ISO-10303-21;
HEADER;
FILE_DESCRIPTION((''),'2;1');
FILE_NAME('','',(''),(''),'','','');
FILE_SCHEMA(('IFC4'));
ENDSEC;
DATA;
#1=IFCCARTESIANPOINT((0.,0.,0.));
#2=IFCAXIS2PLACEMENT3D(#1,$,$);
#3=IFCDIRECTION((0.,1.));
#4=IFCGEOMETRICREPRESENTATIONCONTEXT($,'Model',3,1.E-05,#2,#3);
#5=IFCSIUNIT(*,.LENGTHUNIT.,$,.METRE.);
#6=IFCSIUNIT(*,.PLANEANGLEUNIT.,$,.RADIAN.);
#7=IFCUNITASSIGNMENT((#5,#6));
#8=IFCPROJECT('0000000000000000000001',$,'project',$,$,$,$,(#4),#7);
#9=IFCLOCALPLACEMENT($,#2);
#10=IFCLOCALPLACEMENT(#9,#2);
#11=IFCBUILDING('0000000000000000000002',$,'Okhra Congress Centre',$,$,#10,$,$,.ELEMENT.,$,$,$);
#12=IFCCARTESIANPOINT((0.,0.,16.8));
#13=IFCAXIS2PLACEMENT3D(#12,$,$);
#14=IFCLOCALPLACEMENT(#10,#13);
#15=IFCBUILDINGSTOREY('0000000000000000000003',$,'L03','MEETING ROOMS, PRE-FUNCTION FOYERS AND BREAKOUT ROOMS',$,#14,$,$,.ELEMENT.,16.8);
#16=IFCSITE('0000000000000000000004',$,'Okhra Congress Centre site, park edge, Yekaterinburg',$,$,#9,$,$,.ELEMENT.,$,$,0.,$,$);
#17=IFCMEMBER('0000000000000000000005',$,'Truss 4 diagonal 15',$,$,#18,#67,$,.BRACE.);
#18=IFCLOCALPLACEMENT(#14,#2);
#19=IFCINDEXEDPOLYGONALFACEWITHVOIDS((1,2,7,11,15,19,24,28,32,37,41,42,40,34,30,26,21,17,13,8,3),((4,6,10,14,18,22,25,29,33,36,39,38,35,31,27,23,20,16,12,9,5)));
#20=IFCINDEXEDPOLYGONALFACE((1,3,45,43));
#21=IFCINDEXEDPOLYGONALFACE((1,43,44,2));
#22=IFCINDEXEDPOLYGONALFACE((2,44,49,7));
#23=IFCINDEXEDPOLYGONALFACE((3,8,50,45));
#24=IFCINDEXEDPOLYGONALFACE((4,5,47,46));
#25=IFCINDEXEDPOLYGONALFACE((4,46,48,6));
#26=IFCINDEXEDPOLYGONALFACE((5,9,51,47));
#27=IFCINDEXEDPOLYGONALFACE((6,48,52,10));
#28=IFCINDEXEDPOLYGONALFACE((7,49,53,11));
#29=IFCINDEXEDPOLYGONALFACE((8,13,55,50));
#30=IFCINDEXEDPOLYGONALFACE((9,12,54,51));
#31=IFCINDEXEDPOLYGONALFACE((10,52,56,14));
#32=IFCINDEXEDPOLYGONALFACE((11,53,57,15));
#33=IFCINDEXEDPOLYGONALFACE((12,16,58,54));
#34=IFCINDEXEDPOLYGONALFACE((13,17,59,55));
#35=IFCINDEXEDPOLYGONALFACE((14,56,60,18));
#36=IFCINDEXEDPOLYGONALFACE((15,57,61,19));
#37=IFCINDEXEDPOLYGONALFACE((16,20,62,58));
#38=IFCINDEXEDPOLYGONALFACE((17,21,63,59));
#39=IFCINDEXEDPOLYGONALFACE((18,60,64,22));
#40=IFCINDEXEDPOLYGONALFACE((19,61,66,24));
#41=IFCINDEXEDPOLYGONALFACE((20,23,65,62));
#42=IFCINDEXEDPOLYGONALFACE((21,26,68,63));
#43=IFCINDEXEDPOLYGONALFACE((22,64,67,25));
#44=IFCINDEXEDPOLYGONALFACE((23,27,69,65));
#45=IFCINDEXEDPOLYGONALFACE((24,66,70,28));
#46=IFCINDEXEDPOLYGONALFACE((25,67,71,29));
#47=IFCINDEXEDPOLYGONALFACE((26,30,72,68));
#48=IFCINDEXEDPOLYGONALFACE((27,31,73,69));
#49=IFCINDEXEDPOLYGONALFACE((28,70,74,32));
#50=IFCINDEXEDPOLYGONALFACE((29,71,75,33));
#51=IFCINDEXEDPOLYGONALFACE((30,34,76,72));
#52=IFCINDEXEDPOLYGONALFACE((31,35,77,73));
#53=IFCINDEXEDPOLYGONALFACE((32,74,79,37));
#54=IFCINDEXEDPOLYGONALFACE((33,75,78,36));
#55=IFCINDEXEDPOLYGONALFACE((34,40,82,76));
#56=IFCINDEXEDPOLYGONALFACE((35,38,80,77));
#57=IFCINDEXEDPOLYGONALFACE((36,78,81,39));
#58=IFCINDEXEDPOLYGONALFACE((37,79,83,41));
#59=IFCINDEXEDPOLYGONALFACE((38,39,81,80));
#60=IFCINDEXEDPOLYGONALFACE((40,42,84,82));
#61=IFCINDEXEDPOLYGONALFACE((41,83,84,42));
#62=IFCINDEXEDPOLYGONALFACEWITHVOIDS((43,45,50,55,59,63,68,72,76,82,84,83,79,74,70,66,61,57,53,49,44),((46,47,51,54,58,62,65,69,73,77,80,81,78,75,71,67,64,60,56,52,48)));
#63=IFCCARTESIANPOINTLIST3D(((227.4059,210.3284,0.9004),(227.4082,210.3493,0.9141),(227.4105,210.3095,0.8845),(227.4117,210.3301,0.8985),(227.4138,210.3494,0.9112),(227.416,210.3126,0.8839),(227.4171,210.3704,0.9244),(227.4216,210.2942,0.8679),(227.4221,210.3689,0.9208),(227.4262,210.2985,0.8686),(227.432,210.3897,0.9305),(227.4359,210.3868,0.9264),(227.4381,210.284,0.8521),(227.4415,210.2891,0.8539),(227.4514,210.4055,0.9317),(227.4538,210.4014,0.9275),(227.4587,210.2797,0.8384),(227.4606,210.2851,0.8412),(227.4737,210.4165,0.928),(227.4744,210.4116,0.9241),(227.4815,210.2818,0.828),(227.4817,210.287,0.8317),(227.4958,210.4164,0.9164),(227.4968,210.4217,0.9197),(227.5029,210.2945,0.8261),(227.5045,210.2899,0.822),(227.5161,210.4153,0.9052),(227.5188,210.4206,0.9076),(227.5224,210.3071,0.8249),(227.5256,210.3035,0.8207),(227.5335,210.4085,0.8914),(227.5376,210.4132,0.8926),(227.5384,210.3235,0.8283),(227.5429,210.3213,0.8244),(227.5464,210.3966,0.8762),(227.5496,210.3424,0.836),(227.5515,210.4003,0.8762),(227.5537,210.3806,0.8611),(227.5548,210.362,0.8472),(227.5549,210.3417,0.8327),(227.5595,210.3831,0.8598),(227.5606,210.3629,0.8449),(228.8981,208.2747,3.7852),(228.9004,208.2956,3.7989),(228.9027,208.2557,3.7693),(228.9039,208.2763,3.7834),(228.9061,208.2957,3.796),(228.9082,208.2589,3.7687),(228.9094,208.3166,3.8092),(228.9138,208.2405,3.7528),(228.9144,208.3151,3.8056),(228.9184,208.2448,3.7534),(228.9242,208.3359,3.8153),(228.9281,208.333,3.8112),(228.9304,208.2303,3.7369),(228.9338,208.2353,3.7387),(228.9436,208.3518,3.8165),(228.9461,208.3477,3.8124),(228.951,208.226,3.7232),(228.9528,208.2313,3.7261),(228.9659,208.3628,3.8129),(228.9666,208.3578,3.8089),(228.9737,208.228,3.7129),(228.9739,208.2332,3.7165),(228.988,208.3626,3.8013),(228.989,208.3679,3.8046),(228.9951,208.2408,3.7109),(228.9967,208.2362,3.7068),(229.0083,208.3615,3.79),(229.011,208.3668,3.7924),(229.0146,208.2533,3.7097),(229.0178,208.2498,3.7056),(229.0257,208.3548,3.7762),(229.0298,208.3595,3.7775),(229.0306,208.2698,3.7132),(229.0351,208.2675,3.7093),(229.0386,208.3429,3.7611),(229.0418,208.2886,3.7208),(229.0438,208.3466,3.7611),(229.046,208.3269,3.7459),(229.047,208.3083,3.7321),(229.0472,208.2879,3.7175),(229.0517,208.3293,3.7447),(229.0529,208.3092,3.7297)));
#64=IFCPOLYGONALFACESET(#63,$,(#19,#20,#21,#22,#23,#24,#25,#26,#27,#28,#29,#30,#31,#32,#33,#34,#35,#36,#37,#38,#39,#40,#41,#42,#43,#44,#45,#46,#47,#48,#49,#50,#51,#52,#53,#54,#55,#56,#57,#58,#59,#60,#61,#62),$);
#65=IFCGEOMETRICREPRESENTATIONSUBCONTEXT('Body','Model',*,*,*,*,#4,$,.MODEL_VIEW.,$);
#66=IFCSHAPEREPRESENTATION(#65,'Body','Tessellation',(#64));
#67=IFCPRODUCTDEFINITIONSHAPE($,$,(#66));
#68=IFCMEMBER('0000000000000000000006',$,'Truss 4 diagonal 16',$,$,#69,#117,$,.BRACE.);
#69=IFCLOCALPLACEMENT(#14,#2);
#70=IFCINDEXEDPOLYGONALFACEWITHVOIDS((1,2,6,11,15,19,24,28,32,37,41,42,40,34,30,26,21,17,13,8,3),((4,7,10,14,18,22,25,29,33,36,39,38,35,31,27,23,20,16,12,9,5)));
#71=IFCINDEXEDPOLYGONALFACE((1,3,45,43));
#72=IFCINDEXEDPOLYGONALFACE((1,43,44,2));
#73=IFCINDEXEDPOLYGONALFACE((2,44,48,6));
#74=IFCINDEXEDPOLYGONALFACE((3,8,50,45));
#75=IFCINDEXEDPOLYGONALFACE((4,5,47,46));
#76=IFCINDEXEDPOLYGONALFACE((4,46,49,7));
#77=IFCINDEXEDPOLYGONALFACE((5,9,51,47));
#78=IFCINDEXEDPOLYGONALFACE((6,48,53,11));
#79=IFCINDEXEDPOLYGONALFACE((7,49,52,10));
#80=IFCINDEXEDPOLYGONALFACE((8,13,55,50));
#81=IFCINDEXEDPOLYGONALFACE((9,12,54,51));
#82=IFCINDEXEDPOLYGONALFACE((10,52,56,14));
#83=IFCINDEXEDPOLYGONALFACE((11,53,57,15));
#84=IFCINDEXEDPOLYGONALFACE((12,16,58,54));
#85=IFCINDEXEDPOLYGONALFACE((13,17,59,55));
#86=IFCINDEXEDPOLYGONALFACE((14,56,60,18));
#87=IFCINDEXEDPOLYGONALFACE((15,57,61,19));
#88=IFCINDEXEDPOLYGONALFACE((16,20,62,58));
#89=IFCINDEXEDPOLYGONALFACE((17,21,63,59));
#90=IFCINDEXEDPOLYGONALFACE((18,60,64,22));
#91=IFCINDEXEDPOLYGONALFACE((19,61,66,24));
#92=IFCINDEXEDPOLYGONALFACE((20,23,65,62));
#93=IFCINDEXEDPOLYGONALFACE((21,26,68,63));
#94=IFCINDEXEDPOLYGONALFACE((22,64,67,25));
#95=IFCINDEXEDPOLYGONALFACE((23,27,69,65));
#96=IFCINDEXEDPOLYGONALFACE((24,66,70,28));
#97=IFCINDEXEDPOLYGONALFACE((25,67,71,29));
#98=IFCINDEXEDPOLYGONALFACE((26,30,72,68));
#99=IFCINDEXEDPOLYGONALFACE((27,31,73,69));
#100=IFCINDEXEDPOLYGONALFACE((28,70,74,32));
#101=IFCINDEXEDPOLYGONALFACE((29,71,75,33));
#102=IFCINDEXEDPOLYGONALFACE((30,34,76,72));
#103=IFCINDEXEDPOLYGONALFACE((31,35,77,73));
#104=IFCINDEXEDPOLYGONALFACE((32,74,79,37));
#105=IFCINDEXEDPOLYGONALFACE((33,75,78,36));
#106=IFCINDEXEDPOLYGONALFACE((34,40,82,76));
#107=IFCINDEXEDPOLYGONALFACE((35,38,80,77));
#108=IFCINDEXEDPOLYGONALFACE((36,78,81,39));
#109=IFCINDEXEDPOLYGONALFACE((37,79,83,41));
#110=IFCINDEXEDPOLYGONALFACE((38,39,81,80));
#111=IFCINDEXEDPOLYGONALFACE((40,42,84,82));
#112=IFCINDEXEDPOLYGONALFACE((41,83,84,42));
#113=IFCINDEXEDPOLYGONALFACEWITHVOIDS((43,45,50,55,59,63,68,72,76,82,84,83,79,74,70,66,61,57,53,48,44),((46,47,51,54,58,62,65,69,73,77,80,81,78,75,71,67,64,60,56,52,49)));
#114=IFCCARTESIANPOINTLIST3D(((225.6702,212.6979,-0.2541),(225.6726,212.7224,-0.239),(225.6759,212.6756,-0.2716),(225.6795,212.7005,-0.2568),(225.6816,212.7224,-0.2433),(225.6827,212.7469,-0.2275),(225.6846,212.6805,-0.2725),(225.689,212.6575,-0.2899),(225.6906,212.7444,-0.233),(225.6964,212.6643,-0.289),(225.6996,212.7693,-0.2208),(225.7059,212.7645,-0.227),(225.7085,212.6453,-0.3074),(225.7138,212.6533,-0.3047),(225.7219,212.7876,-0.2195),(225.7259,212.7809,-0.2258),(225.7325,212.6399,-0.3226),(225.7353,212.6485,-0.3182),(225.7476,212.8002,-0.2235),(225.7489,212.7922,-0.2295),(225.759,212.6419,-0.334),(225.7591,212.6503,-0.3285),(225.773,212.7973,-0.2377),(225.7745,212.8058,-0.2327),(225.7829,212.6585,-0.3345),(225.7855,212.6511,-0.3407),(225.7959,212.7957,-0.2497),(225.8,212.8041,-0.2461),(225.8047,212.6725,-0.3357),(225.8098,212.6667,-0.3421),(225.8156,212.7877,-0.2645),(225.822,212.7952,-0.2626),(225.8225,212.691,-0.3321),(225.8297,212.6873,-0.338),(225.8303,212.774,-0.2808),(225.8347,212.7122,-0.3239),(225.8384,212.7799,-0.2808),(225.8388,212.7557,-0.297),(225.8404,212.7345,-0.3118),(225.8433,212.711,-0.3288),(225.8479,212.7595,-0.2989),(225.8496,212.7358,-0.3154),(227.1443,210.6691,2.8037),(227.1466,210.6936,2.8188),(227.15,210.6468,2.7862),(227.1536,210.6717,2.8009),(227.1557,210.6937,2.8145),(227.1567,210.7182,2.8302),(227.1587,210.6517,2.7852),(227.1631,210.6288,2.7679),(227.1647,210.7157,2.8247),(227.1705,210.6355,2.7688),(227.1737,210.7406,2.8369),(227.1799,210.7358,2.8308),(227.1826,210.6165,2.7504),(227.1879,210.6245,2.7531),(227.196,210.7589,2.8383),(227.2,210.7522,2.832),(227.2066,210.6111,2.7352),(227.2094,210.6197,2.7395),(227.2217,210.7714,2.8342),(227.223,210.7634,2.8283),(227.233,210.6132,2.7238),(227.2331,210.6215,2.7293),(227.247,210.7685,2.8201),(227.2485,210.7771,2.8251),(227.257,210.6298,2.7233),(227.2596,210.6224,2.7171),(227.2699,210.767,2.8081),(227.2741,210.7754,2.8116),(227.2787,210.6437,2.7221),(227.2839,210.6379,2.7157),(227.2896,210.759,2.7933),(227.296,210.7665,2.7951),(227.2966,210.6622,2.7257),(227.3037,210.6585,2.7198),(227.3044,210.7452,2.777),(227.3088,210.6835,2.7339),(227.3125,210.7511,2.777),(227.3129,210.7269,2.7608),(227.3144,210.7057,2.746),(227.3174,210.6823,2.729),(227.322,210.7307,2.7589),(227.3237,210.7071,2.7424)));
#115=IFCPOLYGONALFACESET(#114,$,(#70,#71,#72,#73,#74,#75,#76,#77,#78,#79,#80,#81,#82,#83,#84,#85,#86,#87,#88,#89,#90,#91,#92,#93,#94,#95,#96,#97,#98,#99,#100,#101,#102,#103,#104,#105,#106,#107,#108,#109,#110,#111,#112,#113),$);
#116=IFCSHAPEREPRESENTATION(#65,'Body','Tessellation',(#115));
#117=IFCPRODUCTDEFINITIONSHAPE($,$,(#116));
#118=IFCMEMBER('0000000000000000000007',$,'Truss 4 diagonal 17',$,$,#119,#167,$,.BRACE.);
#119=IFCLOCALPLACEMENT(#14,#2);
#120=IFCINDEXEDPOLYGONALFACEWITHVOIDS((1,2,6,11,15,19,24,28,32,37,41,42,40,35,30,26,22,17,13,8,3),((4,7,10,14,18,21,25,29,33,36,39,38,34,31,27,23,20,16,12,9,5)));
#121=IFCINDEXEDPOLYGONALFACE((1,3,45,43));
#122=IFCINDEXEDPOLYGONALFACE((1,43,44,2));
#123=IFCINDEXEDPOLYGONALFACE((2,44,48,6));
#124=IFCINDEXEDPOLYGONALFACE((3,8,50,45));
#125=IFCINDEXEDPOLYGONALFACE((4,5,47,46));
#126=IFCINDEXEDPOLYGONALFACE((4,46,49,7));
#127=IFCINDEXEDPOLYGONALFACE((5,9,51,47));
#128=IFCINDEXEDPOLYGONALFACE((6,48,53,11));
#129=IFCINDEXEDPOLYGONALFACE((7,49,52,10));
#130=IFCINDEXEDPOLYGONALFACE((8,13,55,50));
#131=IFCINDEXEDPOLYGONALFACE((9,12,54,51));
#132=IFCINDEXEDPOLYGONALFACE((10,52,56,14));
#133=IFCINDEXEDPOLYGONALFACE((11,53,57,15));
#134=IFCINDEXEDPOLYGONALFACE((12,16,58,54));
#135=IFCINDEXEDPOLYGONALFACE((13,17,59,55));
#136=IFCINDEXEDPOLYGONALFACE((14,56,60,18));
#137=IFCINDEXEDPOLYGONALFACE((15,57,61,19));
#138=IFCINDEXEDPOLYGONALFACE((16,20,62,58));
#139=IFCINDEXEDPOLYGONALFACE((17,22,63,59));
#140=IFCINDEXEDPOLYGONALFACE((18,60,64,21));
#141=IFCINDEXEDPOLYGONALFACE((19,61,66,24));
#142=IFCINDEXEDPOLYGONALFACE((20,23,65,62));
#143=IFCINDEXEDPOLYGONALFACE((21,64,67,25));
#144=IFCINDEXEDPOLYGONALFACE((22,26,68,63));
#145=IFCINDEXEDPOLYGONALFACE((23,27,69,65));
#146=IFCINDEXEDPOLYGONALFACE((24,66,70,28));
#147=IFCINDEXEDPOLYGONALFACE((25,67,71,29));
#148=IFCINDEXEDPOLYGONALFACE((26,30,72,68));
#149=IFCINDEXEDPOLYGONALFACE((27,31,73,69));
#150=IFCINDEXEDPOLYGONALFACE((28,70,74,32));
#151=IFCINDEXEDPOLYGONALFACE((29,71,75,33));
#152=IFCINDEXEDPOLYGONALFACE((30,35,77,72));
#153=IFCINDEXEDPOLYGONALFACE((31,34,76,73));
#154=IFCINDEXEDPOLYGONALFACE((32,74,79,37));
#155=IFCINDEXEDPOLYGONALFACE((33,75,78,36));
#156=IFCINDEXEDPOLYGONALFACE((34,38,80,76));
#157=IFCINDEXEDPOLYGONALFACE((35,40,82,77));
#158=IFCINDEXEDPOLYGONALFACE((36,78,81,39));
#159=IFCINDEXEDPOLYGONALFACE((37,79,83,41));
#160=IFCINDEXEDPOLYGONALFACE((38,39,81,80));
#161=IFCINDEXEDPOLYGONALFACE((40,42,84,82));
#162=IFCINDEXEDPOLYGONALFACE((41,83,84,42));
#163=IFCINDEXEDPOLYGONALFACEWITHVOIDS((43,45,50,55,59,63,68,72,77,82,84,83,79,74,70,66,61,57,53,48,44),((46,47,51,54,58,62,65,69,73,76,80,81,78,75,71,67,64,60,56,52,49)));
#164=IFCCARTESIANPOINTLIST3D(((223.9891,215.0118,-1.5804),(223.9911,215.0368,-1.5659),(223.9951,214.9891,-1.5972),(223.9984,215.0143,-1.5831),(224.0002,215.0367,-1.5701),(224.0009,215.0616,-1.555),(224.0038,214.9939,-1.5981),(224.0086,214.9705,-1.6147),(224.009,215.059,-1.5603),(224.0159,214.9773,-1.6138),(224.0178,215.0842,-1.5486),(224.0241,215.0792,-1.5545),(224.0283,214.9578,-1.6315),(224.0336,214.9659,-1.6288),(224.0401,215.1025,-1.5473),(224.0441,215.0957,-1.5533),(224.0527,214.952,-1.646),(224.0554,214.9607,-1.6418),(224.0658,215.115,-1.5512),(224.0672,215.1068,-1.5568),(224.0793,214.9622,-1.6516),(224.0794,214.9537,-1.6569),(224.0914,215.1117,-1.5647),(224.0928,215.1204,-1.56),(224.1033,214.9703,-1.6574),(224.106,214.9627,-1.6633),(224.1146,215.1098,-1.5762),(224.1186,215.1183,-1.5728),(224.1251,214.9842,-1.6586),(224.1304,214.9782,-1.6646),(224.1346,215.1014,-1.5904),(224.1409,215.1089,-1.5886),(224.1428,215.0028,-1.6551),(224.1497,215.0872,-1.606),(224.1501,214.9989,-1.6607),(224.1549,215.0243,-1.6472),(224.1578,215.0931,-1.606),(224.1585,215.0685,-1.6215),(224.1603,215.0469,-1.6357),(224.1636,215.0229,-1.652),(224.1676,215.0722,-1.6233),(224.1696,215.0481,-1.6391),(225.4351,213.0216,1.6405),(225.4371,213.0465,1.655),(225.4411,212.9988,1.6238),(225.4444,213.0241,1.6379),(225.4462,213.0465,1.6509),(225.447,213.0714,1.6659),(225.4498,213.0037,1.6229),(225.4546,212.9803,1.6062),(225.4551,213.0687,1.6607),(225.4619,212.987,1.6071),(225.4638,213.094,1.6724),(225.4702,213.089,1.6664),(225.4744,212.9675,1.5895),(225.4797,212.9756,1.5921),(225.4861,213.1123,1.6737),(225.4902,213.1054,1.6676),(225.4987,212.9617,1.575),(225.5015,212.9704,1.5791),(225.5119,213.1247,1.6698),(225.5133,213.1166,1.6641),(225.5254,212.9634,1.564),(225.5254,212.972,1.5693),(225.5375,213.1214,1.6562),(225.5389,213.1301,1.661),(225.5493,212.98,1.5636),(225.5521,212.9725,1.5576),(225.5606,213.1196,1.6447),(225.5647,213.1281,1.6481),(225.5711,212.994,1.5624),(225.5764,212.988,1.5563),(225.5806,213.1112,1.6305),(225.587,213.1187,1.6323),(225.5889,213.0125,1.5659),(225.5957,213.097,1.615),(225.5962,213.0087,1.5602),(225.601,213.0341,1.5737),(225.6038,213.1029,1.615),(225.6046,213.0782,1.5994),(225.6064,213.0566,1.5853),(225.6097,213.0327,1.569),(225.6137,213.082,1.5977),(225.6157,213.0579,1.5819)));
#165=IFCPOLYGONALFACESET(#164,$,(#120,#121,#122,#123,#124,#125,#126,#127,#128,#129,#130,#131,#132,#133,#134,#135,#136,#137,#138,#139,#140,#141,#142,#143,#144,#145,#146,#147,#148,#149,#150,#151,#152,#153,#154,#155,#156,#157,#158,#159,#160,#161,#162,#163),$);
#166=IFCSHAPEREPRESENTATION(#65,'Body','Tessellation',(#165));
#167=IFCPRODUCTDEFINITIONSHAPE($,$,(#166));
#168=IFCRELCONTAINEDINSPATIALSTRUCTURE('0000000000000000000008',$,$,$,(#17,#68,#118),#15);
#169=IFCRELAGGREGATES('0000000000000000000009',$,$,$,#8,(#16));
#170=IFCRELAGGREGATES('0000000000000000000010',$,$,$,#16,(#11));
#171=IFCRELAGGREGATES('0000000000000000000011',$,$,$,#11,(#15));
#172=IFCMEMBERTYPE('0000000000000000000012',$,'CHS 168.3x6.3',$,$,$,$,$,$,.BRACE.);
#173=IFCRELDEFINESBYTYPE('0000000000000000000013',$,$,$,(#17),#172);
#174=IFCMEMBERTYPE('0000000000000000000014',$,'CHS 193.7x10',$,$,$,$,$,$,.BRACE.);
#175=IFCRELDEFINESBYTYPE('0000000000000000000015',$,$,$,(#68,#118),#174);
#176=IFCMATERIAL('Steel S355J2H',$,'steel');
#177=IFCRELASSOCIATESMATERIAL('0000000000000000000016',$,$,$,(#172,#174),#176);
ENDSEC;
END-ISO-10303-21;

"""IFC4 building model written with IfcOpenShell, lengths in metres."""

from ifc_helpers import new_model, si_unit, direction, frame, origin, origin_2d, place, context, subcontext, project, spatial, hollow_circle, extrude, material, material_profile, profile_set, type_object, element, save


model = new_model("IFC4")

# Units and contexts
model_context = context("Model", 3, precision=1e-05, world=origin(), true_north=direction((0.0, 1.0)))
body_context = subcontext(model_context, "Body", "Model", "MODEL_VIEW")
ifc_project = project(units=[si_unit("LENGTHUNIT", "METRE"), si_unit("PLANEANGLEUNIT", "RADIAN")], contexts=[model_context])

# Site, building, storey
site_placement = place(None, origin())
site = spatial("IfcSite", under=ifc_project, at=site_placement, Name="Okhra Congress Centre site, park edge, Yekaterinburg", CompositionType="ELEMENT", RefElevation=0.0)
building_placement = place(site_placement, origin())
building = spatial("IfcBuilding", under=site, at=building_placement, Name="Okhra Congress Centre", CompositionType="ELEMENT")
storey_placement = place(building_placement, frame((0.0, 0.0, 16.8)))
storey = spatial("IfcBuildingStorey", under=building, at=storey_placement, Name="L03", Description="MEETING ROOMS, PRE-FUNCTION FOYERS AND BREAKOUT ROOMS", CompositionType="ELEMENT", Elevation=16.8)

# Members
ifc_material_1 = material(Name="Steel S355J2H", Category="steel")
ifc_material_profile_1 = material_profile(ifc_material_1, hollow_circle(Radius=0.0842, WallThickness=0.0063, at=origin_2d()), Name="CHS 168.3x6.3")
ifc_profile_set_1 = profile_set([ifc_material_profile_1], Name="Steel S355J2H")
member_type_1 = type_object("IfcMemberType", Name="CHS 168.3x6.3", PredefinedType="BRACE", material=ifc_profile_set_1)
member_1_placement = place(storey_placement, frame((227.4834, 210.3508, 0.8762), z_axis=(0.388319, -0.534447, 0.750716), x_axis=(0.809002, 0.587806, 0.0)))
element("IfcMember", 1, at=member_1_placement, inside=storey, type_object=member_type_1, Name="Truss 4 diagonal 15", PredefinedType="BRACE", context=body_context, shape_type="SweptSolid", body=[
    extrude(hollow_circle(Radius=0.0842, WallThickness=0.0063, at=origin_2d()), origin(), (0.0, 0.0, 1.0), 3.8428),
])
ifc_material_profile_2 = material_profile(ifc_material_1, hollow_circle(Radius=0.0969, WallThickness=0.01, at=origin_2d()), Name="CHS 193.7x10")
ifc_profile_set_2 = profile_set([ifc_material_profile_2], Name="Steel S355J2H")
member_type_2 = type_object("IfcMemberType", Name="CHS 193.7x10", PredefinedType="BRACE", material=ifc_profile_set_2)
member_2_placement = place(storey_placement, frame((225.76, 212.7229, -0.2808), z_axis=(0.372752, -0.513013, 0.773223), x_axis=(0.808997, 0.587813, 0.0)))
element("IfcMember", 2, at=member_2_placement, inside=storey, type_object=member_type_2, Name="Truss 4 diagonal 16", PredefinedType="BRACE", context=body_context, shape_type="SweptSolid", body=[
    extrude(hollow_circle(Radius=0.0969, WallThickness=0.01, at=origin_2d()), origin(), (0.0, 0.0, 1.0), 3.9546),
])
member_3_placement = place(storey_placement, frame((224.0793, 215.0361, -1.606), z_axis=(0.356786, -0.491056, 0.794712), x_axis=(0.809006, 0.5878, 0.0)))
element("IfcMember", 3, at=member_3_placement, inside=storey, type_object=member_type_2, Name="Truss 4 diagonal 17", PredefinedType="BRACE", context=body_context, shape_type="SweptSolid", body=[
    extrude(hollow_circle(Radius=0.0969, WallThickness=0.01, at=origin_2d()), origin(), (0.0, 0.0, 1.0), 4.053),
])

save(model, "model.ifc")
